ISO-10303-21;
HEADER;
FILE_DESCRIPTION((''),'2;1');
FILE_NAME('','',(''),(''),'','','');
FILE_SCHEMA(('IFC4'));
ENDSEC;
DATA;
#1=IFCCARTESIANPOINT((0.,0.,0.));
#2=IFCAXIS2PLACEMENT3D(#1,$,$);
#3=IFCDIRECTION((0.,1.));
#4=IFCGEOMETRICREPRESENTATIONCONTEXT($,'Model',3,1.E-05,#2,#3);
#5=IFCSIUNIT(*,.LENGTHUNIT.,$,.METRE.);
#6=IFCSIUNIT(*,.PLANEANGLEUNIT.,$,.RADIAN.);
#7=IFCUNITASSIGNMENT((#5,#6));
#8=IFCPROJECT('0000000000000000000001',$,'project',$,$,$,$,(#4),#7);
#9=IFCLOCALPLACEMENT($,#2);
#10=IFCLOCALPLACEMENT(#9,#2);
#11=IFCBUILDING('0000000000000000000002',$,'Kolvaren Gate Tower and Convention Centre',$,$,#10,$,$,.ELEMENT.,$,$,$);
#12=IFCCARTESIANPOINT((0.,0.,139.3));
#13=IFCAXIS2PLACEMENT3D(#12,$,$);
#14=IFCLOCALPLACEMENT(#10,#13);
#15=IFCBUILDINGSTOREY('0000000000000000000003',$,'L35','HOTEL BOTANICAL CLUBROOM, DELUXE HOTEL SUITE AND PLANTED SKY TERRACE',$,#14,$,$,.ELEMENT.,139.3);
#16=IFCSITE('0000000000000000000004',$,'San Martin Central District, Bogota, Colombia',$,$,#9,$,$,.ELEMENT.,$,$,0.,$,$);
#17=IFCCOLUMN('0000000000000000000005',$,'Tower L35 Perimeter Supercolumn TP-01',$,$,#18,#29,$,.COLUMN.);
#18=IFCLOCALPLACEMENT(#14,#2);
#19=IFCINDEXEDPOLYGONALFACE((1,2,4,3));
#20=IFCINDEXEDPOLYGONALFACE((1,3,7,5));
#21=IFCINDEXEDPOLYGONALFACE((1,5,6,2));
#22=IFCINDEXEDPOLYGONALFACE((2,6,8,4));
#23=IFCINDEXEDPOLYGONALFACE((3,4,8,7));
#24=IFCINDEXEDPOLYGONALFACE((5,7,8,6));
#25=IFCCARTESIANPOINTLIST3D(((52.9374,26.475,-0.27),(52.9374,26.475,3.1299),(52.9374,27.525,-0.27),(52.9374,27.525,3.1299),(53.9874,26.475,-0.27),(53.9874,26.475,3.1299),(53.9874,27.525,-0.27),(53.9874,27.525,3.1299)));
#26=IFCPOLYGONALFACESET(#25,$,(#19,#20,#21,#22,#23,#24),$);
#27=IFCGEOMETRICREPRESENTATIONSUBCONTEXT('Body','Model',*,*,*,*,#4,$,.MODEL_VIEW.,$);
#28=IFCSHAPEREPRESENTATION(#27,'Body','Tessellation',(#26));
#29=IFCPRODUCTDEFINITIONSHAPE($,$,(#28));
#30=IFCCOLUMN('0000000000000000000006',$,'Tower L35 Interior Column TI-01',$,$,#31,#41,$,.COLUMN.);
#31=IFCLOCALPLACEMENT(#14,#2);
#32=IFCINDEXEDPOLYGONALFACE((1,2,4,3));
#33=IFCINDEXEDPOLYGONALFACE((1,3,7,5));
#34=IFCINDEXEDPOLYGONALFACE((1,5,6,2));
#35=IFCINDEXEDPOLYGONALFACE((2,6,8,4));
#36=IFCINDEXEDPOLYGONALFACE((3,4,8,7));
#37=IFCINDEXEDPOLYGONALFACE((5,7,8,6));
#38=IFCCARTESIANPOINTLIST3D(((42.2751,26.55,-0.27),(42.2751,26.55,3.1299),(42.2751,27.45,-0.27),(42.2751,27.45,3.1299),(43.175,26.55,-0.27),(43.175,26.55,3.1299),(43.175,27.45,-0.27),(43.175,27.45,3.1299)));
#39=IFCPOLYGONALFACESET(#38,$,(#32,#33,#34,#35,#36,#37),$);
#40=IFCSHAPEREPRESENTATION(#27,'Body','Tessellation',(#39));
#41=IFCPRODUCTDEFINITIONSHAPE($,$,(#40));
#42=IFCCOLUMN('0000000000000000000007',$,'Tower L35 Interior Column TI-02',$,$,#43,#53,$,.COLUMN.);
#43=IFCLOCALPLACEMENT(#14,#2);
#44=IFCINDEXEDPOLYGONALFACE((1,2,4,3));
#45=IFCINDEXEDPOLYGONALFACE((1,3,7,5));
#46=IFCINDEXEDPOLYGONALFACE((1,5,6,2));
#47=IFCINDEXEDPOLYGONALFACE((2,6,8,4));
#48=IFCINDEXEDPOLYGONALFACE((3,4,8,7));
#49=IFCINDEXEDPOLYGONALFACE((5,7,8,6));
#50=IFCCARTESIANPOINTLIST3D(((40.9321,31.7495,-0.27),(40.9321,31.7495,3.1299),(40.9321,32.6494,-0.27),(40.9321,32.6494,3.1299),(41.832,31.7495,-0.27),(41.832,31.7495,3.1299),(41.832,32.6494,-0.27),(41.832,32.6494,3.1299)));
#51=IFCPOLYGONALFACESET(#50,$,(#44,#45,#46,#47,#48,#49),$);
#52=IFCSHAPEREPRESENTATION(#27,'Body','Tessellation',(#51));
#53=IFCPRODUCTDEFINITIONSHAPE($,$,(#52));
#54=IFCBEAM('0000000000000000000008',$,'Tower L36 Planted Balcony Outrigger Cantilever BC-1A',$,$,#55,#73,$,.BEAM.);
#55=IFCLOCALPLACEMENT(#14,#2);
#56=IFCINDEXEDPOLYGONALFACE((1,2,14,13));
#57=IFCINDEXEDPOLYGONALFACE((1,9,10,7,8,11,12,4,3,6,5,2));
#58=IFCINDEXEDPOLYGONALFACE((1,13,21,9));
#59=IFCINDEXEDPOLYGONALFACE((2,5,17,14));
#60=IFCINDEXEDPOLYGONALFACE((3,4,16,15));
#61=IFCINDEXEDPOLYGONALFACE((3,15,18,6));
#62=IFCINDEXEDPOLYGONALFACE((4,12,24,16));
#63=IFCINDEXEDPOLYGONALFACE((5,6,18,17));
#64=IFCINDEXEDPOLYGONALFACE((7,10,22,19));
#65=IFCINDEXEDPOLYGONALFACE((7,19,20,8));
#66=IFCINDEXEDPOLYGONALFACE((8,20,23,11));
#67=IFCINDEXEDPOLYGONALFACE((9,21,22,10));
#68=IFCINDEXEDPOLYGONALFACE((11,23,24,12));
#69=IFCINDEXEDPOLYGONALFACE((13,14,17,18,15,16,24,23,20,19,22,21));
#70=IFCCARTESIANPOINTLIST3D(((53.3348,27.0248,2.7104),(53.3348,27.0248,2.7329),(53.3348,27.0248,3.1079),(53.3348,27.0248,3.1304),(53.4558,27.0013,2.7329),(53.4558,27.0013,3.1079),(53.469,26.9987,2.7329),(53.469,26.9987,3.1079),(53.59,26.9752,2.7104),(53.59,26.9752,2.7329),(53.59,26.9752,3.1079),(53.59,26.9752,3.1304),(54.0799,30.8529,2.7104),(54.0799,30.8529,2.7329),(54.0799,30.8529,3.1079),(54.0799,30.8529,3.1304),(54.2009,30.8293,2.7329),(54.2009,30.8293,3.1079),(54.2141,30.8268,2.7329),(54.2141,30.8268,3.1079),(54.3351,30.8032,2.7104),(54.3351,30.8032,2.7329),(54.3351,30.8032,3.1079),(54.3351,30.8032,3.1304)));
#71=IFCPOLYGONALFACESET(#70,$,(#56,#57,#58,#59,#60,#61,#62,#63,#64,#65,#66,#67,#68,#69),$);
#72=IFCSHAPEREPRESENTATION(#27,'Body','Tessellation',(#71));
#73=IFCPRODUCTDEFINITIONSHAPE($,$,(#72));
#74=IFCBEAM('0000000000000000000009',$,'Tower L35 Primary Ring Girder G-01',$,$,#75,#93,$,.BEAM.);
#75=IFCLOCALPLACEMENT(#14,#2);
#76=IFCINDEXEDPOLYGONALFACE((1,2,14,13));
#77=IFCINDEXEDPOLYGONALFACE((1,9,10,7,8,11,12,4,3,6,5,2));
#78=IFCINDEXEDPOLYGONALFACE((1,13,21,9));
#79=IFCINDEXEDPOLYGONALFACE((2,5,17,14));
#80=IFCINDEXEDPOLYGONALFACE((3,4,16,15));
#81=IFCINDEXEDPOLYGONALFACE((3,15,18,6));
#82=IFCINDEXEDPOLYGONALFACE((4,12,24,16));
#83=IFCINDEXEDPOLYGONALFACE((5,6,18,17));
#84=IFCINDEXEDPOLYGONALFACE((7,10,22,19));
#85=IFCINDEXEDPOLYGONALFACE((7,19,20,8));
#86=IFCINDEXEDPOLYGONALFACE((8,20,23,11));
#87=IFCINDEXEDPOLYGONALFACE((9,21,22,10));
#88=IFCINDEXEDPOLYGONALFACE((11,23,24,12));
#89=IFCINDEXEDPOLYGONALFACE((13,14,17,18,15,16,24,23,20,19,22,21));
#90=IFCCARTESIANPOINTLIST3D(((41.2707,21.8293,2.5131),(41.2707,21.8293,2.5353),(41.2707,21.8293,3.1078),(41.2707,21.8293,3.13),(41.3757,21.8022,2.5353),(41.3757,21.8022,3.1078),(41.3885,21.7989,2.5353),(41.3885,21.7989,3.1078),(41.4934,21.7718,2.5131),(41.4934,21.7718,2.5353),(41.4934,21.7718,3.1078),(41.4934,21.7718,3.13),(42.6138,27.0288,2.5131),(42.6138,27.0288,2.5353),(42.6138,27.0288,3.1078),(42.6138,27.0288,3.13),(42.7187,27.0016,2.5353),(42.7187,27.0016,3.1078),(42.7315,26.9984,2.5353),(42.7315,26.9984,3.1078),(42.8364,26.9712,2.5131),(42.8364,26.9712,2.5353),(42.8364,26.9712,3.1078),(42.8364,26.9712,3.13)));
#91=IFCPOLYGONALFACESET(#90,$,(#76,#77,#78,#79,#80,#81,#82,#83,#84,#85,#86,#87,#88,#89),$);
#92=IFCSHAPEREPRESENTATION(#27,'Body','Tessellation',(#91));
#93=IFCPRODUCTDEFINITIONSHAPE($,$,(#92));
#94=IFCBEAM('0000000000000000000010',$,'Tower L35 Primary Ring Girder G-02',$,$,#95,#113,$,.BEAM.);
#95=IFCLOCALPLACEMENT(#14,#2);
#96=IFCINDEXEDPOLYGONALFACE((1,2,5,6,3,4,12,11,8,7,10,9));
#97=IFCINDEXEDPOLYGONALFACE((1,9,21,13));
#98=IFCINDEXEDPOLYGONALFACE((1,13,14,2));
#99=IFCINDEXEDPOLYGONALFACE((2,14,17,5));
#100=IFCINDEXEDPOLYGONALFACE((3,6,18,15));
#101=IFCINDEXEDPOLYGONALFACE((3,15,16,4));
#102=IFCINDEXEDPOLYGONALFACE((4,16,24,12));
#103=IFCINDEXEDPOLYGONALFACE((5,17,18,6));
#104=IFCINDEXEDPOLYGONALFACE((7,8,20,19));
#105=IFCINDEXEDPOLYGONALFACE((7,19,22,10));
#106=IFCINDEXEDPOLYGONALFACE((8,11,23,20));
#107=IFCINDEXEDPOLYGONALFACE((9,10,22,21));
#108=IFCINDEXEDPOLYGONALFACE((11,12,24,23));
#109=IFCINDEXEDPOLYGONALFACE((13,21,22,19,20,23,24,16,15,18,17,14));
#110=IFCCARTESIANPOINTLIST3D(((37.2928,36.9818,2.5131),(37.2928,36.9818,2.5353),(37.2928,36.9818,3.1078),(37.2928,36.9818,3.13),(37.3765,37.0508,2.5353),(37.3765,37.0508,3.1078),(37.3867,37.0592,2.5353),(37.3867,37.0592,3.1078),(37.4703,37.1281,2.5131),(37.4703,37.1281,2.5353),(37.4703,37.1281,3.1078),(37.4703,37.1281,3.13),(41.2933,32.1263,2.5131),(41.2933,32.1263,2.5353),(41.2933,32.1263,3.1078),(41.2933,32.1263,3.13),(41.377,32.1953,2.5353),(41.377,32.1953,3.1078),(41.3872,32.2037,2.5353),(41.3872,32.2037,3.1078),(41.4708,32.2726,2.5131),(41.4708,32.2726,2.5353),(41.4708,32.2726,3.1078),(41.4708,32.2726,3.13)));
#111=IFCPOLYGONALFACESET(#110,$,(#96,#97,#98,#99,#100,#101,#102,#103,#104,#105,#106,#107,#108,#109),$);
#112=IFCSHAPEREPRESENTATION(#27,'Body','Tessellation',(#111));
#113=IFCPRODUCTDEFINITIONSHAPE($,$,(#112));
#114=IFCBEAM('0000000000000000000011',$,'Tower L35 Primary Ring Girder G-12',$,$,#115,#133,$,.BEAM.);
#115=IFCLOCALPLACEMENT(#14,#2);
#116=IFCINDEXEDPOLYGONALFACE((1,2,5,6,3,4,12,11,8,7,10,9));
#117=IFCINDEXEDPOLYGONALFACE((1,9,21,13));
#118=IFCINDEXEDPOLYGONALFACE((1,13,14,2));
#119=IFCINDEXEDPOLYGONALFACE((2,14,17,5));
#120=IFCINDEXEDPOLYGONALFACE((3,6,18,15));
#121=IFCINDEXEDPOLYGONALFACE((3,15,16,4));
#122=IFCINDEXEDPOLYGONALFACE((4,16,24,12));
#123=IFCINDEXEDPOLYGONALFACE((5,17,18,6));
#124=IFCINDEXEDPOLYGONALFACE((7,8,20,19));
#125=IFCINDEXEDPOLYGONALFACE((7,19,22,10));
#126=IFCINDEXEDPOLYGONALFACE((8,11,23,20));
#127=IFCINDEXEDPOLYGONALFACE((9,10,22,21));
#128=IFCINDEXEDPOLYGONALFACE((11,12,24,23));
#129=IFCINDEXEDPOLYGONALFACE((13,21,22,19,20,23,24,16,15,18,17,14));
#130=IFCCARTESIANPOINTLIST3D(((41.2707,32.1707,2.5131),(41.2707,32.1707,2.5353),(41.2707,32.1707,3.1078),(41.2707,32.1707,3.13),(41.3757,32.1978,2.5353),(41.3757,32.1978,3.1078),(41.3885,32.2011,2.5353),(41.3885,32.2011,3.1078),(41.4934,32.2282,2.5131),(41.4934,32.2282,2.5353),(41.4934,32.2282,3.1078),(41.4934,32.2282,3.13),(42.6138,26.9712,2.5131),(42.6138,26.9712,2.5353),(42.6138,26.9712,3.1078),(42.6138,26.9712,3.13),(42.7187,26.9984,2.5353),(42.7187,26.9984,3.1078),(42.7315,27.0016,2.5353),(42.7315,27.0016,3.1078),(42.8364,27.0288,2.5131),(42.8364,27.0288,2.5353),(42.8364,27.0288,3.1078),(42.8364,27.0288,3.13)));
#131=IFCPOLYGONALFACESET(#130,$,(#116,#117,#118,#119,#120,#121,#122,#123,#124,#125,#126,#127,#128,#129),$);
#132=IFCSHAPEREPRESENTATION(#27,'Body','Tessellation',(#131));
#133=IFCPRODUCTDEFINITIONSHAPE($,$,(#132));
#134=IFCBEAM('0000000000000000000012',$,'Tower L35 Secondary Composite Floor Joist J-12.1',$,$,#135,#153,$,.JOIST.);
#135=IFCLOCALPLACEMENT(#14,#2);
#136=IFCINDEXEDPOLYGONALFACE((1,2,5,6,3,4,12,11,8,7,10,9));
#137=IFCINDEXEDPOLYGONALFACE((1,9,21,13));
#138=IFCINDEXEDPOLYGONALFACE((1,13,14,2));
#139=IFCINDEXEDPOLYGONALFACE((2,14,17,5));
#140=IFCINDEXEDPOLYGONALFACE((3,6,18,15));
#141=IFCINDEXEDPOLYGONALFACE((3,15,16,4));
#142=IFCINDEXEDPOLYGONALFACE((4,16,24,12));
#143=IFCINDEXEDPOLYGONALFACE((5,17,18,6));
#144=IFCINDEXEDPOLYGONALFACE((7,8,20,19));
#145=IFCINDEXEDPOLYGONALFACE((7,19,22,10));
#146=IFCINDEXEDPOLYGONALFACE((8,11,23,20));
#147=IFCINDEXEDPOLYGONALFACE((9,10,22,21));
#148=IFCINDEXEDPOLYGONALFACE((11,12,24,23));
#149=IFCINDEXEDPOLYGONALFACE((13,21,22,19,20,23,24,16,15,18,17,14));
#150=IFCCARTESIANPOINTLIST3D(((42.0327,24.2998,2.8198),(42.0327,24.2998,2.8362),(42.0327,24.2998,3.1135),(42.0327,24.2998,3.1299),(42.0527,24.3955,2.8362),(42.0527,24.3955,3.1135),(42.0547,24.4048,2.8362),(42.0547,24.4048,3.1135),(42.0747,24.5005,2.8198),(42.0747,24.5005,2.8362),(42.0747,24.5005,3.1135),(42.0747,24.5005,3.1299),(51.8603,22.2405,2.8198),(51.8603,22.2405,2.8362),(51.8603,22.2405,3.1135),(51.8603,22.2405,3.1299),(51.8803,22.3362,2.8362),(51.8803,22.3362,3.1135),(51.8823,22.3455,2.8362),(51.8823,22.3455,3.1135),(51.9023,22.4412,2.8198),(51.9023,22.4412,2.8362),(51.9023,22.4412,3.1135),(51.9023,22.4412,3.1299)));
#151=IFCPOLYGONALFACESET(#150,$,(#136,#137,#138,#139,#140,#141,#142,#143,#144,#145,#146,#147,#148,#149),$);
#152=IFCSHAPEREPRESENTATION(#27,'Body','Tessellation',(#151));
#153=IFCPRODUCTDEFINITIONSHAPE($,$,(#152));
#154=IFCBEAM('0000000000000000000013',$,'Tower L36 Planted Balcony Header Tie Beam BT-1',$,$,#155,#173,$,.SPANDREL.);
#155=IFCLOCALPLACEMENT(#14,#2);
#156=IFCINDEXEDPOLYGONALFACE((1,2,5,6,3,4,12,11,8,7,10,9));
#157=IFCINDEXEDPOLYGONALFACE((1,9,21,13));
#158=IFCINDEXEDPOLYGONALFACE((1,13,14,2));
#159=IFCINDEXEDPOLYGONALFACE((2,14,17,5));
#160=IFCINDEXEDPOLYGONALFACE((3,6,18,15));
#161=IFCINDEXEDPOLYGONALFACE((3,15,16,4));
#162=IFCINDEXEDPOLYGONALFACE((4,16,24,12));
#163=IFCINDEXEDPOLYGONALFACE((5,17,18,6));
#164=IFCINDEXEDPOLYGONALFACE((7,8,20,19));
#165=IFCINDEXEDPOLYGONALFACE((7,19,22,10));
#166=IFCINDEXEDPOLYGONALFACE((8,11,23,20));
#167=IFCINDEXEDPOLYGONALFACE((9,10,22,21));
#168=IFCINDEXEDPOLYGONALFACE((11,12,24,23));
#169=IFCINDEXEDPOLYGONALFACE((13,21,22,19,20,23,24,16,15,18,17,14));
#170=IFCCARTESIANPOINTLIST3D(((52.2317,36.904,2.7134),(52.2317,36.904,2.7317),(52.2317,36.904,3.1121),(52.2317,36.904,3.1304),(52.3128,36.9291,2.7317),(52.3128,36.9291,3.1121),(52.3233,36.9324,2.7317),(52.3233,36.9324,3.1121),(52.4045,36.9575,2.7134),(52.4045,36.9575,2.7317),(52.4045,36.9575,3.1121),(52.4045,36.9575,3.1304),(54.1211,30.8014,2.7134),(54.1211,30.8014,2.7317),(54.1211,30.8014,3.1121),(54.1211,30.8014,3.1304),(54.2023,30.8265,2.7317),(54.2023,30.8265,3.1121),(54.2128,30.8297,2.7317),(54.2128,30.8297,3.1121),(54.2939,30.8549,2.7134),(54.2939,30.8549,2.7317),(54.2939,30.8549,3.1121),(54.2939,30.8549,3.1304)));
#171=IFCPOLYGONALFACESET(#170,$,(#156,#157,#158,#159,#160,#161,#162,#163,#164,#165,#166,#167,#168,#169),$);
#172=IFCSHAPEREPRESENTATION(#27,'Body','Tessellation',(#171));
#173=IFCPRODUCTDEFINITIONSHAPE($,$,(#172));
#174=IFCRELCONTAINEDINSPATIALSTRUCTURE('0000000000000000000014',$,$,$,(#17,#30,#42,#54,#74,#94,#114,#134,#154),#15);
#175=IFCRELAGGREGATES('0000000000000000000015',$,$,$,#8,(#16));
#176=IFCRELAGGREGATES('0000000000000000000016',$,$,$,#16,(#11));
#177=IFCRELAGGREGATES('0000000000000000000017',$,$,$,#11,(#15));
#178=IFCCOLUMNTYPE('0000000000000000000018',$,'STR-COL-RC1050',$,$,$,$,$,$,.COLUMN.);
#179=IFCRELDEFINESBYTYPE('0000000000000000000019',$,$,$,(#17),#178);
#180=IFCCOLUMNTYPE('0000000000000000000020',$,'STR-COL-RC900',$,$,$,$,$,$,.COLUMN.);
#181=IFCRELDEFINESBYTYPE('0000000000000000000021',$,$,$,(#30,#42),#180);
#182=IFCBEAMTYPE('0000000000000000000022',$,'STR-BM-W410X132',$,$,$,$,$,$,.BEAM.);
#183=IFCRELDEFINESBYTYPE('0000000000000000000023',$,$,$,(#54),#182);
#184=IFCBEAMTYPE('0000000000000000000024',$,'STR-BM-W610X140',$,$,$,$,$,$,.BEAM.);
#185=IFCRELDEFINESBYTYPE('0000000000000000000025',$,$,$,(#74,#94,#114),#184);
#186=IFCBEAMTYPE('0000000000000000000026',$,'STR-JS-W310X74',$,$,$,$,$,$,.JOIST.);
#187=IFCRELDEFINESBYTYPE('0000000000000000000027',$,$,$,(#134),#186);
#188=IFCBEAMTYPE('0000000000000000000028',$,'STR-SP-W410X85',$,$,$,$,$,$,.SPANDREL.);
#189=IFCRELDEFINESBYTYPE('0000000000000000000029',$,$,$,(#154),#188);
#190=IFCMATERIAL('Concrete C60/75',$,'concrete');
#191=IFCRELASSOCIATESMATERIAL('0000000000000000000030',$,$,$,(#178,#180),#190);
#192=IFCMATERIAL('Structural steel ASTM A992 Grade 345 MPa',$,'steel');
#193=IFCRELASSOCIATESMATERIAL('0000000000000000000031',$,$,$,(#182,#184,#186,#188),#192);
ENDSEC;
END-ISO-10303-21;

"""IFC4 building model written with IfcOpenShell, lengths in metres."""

from ifc_helpers import new_model, si_unit, direction, frame, origin, origin_2d, place, context, subcontext, project, spatial, rectangle, i_section, extrude, material, material_profile, profile_set, type_object, element, save


model = new_model("IFC4")

# Units and contexts
model_context = context("Model", 3, precision=1e-05, world=origin(), true_north=direction((0.0, 1.0)))
body_context = subcontext(model_context, "Body", "Model", "MODEL_VIEW")
ifc_project = project(units=[si_unit("LENGTHUNIT", "METRE"), si_unit("PLANEANGLEUNIT", "RADIAN")], contexts=[model_context])

# Site, building, storey
site_placement = place(None, origin())
site = spatial("IfcSite", under=ifc_project, at=site_placement, Name="San Martin Central District, Bogota, Colombia", CompositionType="ELEMENT", RefElevation=0.0)
building_placement = place(site_placement, origin())
building = spatial("IfcBuilding", under=site, at=building_placement, Name="Kolvaren Gate Tower and Convention Centre", CompositionType="ELEMENT")
storey_placement = place(building_placement, frame((0.0, 0.0, 139.3)))
storey = spatial("IfcBuildingStorey", under=building, at=storey_placement, Name="L35", Description="HOTEL BOTANICAL CLUBROOM, DELUXE HOTEL SUITE AND PLANTED SKY TERRACE", CompositionType="ELEMENT", Elevation=139.3)

# Columns
ifc_material_1 = material(Name="Concrete C60/75", Category="concrete")
ifc_material_profile_1 = material_profile(ifc_material_1, rectangle(XDim=1.05, YDim=1.05, at=origin_2d()), Name="RC-COL-1050X1050")
ifc_profile_set_1 = profile_set([ifc_material_profile_1], Name="Concrete C60/75")
column_type_1 = type_object("IfcColumnType", Name="STR-COL-RC1050", PredefinedType="COLUMN", material=ifc_profile_set_1)
column_placement = place(storey_placement, frame((53.4624, 27.0, -0.27), z_axis=(0.0, 0.0, 1.0), x_axis=(1.0, 0.0, 0.0)))
element("IfcColumn", 1, at=column_placement, inside=storey, type_object=column_type_1, Name="Tower L35 Perimeter Supercolumn TP-01", PredefinedType="COLUMN", context=body_context, shape_type="SweptSolid", body=[
    extrude(rectangle(XDim=1.05, YDim=1.05, at=origin_2d()), origin(), (0.0, 0.0, 1.0), 3.3999),
])
ifc_material_profile_2 = material_profile(ifc_material_1, rectangle(XDim=0.8999, YDim=0.8999, at=origin_2d()), Name="RC-COL-900X900")
ifc_profile_set_2 = profile_set([ifc_material_profile_2], Name="Concrete C60/75")
column_type_2 = type_object("IfcColumnType", Name="STR-COL-RC900", PredefinedType="COLUMN", material=ifc_profile_set_2)
for number, where, z_axis, x_axis, name in (
    (2, (42.7251, 27.0, -0.27), (0.0, 0.0, 1.0), (1.0, 0.0, 0.0), "Tower L35 Interior Column TI-01"),
    (3, (41.3821, 32.1995, -0.27), (0.0, 0.0, 1.0), (1.0, 0.0, 0.0), "Tower L35 Interior Column TI-02"),
):
    element("IfcColumn", number, at=place(storey_placement, frame(where, z_axis=z_axis, x_axis=x_axis)), inside=storey, type_object=column_type_2, Name=name, PredefinedType="COLUMN", context=body_context, shape_type="SweptSolid", body=[
        extrude(rectangle(XDim=0.8999, YDim=0.8999, at=origin_2d()), origin(), (0.0, 0.0, 1.0), 3.3999),
    ])

# Beams
ifc_material_2 = material(Name="Structural steel ASTM A992 Grade 345 MPa", Category="steel")
ifc_material_profile_3 = material_profile(ifc_material_2, i_section(OverallWidth=0.26, OverallDepth=0.4199, WebThickness=0.0134, FlangeThickness=0.0225, at=origin_2d()), Name="W410X132")
ifc_profile_set_3 = profile_set([ifc_material_profile_3], Name="Structural steel ASTM A992 Grade 345 MPa")
beam_type_1 = type_object("IfcBeamType", Name="STR-BM-W410X132", PredefinedType="BEAM", material=ifc_profile_set_3)
beam_1_placement = place(storey_placement, frame((53.4624, 27.0, 2.9204), z_axis=(0.191057, 0.981579, 0.0), x_axis=(-0.981579, 0.191057, 0.0)))
element("IfcBeam", 4, at=beam_1_placement, inside=storey, type_object=beam_type_1, Name="Tower L36 Planted Balcony Outrigger Cantilever BC-1A", PredefinedType="BEAM", context=body_context, shape_type="SweptSolid", body=[
    extrude(i_section(OverallWidth=0.26, OverallDepth=0.4199, WebThickness=0.0134, FlangeThickness=0.0225, at=origin_2d()), origin(), (0.0, 0.0, 1.0), 3.8999),
])
ifc_material_profile_4 = material_profile(ifc_material_2, i_section(OverallWidth=0.23, OverallDepth=0.6169, WebThickness=0.0132, FlangeThickness=0.0222, at=origin_2d()), Name="W610X140")
ifc_profile_set_4 = profile_set([ifc_material_profile_4], Name="Structural steel ASTM A992 Grade 345 MPa")
beam_type_2 = type_object("IfcBeamType", Name="STR-BM-W610X140", PredefinedType="BEAM", material=ifc_profile_set_4)
beam_2_placement = place(storey_placement, frame((42.7251, 27.0, 2.8215), z_axis=(-0.250091, -0.968222, 0.0), x_axis=(0.968222, -0.250091, 0.0)))
element("IfcBeam", 5, at=beam_2_placement, inside=storey, type_object=beam_type_2, Name="Tower L35 Primary Ring Girder G-01", PredefinedType="BEAM", context=body_context, shape_type="SweptSolid", body=[
    extrude(i_section(OverallWidth=0.23, OverallDepth=0.6169, WebThickness=0.0132, FlangeThickness=0.0222, at=origin_2d()), origin(), (0.0, 0.0, 1.0), 5.3701),
])
beam_3_placement = place(storey_placement, frame((41.3821, 32.1995, 2.8215), z_axis=(-0.635884, 0.771785, 0.0), x_axis=(-0.771785, -0.635884, 0.0)))
element("IfcBeam", 6, at=beam_3_placement, inside=storey, type_object=beam_type_2, Name="Tower L35 Primary Ring Girder G-02", PredefinedType="BEAM", context=body_context, shape_type="SweptSolid", body=[
    extrude(i_section(OverallWidth=0.23, OverallDepth=0.6169, WebThickness=0.0132, FlangeThickness=0.0222, at=origin_2d()), origin(), (0.0, 0.0, 1.0), 6.2913),
])
beam_4_placement = place(storey_placement, frame((42.7251, 27.0, 2.8215), z_axis=(-0.250091, 0.968222, 0.0), x_axis=(-0.968222, -0.250091, 0.0)))
element("IfcBeam", 7, at=beam_4_placement, inside=storey, type_object=beam_type_2, Name="Tower L35 Primary Ring Girder G-12", PredefinedType="BEAM", context=body_context, shape_type="SweptSolid", body=[
    extrude(i_section(OverallWidth=0.23, OverallDepth=0.6169, WebThickness=0.0132, FlangeThickness=0.0222, at=origin_2d()), origin(), (0.0, 0.0, 1.0), 5.3701),
])
ifc_material_profile_5 = material_profile(ifc_material_2, i_section(OverallWidth=0.2051, OverallDepth=0.3101, WebThickness=0.0095, FlangeThickness=0.0164, at=origin_2d()), Name="W310X74")
ifc_profile_set_5 = profile_set([ifc_material_profile_5], Name="Structural steel ASTM A992 Grade 345 MPa")
beam_type_3 = type_object("IfcBeamType", Name="STR-JS-W310X74", PredefinedType="JOIST", material=ifc_profile_set_5)
beam_5_placement = place(storey_placement, frame((42.0537, 24.4001, 2.9749), z_axis=(0.978743, -0.20509, 0.0), x_axis=(0.20509, 0.978743, 0.0)))
element("IfcBeam", 8, at=beam_5_placement, inside=storey, type_object=beam_type_3, Name="Tower L35 Secondary Composite Floor Joist J-12.1", PredefinedType="JOIST", context=body_context, shape_type="SweptSolid", body=[
    extrude(i_section(OverallWidth=0.2051, OverallDepth=0.3101, WebThickness=0.0095, FlangeThickness=0.0164, at=origin_2d()), origin(), (0.0, 0.0, 1.0), 10.041),
])
ifc_material_profile_6 = material_profile(ifc_material_2, i_section(OverallWidth=0.1809, OverallDepth=0.417, WebThickness=0.011, FlangeThickness=0.0183, at=origin_2d()), Name="W410X85")
ifc_profile_set_6 = profile_set([ifc_material_profile_6], Name="Structural steel ASTM A992 Grade 345 MPa")
beam_type_4 = type_object("IfcBeamType", Name="STR-SP-W410X85", PredefinedType="SPANDREL", material=ifc_profile_set_6)
beam_6_placement = place(storey_placement, frame((54.2075, 30.8281, 2.9219), z_axis=(-0.295758, 0.955263, 0.0), x_axis=(-0.955263, -0.295758, 0.0)))
element("IfcBeam", 9, at=beam_6_placement, inside=storey, type_object=beam_type_4, Name="Tower L36 Planted Balcony Header Tie Beam BT-1", PredefinedType="SPANDREL", context=body_context, shape_type="SweptSolid", body=[
    extrude(i_section(OverallWidth=0.1809, OverallDepth=0.417, WebThickness=0.011, FlangeThickness=0.0183, at=origin_2d()), origin(), (0.0, 0.0, 1.0), 6.3884),
])

save(model, "model.ifc")
